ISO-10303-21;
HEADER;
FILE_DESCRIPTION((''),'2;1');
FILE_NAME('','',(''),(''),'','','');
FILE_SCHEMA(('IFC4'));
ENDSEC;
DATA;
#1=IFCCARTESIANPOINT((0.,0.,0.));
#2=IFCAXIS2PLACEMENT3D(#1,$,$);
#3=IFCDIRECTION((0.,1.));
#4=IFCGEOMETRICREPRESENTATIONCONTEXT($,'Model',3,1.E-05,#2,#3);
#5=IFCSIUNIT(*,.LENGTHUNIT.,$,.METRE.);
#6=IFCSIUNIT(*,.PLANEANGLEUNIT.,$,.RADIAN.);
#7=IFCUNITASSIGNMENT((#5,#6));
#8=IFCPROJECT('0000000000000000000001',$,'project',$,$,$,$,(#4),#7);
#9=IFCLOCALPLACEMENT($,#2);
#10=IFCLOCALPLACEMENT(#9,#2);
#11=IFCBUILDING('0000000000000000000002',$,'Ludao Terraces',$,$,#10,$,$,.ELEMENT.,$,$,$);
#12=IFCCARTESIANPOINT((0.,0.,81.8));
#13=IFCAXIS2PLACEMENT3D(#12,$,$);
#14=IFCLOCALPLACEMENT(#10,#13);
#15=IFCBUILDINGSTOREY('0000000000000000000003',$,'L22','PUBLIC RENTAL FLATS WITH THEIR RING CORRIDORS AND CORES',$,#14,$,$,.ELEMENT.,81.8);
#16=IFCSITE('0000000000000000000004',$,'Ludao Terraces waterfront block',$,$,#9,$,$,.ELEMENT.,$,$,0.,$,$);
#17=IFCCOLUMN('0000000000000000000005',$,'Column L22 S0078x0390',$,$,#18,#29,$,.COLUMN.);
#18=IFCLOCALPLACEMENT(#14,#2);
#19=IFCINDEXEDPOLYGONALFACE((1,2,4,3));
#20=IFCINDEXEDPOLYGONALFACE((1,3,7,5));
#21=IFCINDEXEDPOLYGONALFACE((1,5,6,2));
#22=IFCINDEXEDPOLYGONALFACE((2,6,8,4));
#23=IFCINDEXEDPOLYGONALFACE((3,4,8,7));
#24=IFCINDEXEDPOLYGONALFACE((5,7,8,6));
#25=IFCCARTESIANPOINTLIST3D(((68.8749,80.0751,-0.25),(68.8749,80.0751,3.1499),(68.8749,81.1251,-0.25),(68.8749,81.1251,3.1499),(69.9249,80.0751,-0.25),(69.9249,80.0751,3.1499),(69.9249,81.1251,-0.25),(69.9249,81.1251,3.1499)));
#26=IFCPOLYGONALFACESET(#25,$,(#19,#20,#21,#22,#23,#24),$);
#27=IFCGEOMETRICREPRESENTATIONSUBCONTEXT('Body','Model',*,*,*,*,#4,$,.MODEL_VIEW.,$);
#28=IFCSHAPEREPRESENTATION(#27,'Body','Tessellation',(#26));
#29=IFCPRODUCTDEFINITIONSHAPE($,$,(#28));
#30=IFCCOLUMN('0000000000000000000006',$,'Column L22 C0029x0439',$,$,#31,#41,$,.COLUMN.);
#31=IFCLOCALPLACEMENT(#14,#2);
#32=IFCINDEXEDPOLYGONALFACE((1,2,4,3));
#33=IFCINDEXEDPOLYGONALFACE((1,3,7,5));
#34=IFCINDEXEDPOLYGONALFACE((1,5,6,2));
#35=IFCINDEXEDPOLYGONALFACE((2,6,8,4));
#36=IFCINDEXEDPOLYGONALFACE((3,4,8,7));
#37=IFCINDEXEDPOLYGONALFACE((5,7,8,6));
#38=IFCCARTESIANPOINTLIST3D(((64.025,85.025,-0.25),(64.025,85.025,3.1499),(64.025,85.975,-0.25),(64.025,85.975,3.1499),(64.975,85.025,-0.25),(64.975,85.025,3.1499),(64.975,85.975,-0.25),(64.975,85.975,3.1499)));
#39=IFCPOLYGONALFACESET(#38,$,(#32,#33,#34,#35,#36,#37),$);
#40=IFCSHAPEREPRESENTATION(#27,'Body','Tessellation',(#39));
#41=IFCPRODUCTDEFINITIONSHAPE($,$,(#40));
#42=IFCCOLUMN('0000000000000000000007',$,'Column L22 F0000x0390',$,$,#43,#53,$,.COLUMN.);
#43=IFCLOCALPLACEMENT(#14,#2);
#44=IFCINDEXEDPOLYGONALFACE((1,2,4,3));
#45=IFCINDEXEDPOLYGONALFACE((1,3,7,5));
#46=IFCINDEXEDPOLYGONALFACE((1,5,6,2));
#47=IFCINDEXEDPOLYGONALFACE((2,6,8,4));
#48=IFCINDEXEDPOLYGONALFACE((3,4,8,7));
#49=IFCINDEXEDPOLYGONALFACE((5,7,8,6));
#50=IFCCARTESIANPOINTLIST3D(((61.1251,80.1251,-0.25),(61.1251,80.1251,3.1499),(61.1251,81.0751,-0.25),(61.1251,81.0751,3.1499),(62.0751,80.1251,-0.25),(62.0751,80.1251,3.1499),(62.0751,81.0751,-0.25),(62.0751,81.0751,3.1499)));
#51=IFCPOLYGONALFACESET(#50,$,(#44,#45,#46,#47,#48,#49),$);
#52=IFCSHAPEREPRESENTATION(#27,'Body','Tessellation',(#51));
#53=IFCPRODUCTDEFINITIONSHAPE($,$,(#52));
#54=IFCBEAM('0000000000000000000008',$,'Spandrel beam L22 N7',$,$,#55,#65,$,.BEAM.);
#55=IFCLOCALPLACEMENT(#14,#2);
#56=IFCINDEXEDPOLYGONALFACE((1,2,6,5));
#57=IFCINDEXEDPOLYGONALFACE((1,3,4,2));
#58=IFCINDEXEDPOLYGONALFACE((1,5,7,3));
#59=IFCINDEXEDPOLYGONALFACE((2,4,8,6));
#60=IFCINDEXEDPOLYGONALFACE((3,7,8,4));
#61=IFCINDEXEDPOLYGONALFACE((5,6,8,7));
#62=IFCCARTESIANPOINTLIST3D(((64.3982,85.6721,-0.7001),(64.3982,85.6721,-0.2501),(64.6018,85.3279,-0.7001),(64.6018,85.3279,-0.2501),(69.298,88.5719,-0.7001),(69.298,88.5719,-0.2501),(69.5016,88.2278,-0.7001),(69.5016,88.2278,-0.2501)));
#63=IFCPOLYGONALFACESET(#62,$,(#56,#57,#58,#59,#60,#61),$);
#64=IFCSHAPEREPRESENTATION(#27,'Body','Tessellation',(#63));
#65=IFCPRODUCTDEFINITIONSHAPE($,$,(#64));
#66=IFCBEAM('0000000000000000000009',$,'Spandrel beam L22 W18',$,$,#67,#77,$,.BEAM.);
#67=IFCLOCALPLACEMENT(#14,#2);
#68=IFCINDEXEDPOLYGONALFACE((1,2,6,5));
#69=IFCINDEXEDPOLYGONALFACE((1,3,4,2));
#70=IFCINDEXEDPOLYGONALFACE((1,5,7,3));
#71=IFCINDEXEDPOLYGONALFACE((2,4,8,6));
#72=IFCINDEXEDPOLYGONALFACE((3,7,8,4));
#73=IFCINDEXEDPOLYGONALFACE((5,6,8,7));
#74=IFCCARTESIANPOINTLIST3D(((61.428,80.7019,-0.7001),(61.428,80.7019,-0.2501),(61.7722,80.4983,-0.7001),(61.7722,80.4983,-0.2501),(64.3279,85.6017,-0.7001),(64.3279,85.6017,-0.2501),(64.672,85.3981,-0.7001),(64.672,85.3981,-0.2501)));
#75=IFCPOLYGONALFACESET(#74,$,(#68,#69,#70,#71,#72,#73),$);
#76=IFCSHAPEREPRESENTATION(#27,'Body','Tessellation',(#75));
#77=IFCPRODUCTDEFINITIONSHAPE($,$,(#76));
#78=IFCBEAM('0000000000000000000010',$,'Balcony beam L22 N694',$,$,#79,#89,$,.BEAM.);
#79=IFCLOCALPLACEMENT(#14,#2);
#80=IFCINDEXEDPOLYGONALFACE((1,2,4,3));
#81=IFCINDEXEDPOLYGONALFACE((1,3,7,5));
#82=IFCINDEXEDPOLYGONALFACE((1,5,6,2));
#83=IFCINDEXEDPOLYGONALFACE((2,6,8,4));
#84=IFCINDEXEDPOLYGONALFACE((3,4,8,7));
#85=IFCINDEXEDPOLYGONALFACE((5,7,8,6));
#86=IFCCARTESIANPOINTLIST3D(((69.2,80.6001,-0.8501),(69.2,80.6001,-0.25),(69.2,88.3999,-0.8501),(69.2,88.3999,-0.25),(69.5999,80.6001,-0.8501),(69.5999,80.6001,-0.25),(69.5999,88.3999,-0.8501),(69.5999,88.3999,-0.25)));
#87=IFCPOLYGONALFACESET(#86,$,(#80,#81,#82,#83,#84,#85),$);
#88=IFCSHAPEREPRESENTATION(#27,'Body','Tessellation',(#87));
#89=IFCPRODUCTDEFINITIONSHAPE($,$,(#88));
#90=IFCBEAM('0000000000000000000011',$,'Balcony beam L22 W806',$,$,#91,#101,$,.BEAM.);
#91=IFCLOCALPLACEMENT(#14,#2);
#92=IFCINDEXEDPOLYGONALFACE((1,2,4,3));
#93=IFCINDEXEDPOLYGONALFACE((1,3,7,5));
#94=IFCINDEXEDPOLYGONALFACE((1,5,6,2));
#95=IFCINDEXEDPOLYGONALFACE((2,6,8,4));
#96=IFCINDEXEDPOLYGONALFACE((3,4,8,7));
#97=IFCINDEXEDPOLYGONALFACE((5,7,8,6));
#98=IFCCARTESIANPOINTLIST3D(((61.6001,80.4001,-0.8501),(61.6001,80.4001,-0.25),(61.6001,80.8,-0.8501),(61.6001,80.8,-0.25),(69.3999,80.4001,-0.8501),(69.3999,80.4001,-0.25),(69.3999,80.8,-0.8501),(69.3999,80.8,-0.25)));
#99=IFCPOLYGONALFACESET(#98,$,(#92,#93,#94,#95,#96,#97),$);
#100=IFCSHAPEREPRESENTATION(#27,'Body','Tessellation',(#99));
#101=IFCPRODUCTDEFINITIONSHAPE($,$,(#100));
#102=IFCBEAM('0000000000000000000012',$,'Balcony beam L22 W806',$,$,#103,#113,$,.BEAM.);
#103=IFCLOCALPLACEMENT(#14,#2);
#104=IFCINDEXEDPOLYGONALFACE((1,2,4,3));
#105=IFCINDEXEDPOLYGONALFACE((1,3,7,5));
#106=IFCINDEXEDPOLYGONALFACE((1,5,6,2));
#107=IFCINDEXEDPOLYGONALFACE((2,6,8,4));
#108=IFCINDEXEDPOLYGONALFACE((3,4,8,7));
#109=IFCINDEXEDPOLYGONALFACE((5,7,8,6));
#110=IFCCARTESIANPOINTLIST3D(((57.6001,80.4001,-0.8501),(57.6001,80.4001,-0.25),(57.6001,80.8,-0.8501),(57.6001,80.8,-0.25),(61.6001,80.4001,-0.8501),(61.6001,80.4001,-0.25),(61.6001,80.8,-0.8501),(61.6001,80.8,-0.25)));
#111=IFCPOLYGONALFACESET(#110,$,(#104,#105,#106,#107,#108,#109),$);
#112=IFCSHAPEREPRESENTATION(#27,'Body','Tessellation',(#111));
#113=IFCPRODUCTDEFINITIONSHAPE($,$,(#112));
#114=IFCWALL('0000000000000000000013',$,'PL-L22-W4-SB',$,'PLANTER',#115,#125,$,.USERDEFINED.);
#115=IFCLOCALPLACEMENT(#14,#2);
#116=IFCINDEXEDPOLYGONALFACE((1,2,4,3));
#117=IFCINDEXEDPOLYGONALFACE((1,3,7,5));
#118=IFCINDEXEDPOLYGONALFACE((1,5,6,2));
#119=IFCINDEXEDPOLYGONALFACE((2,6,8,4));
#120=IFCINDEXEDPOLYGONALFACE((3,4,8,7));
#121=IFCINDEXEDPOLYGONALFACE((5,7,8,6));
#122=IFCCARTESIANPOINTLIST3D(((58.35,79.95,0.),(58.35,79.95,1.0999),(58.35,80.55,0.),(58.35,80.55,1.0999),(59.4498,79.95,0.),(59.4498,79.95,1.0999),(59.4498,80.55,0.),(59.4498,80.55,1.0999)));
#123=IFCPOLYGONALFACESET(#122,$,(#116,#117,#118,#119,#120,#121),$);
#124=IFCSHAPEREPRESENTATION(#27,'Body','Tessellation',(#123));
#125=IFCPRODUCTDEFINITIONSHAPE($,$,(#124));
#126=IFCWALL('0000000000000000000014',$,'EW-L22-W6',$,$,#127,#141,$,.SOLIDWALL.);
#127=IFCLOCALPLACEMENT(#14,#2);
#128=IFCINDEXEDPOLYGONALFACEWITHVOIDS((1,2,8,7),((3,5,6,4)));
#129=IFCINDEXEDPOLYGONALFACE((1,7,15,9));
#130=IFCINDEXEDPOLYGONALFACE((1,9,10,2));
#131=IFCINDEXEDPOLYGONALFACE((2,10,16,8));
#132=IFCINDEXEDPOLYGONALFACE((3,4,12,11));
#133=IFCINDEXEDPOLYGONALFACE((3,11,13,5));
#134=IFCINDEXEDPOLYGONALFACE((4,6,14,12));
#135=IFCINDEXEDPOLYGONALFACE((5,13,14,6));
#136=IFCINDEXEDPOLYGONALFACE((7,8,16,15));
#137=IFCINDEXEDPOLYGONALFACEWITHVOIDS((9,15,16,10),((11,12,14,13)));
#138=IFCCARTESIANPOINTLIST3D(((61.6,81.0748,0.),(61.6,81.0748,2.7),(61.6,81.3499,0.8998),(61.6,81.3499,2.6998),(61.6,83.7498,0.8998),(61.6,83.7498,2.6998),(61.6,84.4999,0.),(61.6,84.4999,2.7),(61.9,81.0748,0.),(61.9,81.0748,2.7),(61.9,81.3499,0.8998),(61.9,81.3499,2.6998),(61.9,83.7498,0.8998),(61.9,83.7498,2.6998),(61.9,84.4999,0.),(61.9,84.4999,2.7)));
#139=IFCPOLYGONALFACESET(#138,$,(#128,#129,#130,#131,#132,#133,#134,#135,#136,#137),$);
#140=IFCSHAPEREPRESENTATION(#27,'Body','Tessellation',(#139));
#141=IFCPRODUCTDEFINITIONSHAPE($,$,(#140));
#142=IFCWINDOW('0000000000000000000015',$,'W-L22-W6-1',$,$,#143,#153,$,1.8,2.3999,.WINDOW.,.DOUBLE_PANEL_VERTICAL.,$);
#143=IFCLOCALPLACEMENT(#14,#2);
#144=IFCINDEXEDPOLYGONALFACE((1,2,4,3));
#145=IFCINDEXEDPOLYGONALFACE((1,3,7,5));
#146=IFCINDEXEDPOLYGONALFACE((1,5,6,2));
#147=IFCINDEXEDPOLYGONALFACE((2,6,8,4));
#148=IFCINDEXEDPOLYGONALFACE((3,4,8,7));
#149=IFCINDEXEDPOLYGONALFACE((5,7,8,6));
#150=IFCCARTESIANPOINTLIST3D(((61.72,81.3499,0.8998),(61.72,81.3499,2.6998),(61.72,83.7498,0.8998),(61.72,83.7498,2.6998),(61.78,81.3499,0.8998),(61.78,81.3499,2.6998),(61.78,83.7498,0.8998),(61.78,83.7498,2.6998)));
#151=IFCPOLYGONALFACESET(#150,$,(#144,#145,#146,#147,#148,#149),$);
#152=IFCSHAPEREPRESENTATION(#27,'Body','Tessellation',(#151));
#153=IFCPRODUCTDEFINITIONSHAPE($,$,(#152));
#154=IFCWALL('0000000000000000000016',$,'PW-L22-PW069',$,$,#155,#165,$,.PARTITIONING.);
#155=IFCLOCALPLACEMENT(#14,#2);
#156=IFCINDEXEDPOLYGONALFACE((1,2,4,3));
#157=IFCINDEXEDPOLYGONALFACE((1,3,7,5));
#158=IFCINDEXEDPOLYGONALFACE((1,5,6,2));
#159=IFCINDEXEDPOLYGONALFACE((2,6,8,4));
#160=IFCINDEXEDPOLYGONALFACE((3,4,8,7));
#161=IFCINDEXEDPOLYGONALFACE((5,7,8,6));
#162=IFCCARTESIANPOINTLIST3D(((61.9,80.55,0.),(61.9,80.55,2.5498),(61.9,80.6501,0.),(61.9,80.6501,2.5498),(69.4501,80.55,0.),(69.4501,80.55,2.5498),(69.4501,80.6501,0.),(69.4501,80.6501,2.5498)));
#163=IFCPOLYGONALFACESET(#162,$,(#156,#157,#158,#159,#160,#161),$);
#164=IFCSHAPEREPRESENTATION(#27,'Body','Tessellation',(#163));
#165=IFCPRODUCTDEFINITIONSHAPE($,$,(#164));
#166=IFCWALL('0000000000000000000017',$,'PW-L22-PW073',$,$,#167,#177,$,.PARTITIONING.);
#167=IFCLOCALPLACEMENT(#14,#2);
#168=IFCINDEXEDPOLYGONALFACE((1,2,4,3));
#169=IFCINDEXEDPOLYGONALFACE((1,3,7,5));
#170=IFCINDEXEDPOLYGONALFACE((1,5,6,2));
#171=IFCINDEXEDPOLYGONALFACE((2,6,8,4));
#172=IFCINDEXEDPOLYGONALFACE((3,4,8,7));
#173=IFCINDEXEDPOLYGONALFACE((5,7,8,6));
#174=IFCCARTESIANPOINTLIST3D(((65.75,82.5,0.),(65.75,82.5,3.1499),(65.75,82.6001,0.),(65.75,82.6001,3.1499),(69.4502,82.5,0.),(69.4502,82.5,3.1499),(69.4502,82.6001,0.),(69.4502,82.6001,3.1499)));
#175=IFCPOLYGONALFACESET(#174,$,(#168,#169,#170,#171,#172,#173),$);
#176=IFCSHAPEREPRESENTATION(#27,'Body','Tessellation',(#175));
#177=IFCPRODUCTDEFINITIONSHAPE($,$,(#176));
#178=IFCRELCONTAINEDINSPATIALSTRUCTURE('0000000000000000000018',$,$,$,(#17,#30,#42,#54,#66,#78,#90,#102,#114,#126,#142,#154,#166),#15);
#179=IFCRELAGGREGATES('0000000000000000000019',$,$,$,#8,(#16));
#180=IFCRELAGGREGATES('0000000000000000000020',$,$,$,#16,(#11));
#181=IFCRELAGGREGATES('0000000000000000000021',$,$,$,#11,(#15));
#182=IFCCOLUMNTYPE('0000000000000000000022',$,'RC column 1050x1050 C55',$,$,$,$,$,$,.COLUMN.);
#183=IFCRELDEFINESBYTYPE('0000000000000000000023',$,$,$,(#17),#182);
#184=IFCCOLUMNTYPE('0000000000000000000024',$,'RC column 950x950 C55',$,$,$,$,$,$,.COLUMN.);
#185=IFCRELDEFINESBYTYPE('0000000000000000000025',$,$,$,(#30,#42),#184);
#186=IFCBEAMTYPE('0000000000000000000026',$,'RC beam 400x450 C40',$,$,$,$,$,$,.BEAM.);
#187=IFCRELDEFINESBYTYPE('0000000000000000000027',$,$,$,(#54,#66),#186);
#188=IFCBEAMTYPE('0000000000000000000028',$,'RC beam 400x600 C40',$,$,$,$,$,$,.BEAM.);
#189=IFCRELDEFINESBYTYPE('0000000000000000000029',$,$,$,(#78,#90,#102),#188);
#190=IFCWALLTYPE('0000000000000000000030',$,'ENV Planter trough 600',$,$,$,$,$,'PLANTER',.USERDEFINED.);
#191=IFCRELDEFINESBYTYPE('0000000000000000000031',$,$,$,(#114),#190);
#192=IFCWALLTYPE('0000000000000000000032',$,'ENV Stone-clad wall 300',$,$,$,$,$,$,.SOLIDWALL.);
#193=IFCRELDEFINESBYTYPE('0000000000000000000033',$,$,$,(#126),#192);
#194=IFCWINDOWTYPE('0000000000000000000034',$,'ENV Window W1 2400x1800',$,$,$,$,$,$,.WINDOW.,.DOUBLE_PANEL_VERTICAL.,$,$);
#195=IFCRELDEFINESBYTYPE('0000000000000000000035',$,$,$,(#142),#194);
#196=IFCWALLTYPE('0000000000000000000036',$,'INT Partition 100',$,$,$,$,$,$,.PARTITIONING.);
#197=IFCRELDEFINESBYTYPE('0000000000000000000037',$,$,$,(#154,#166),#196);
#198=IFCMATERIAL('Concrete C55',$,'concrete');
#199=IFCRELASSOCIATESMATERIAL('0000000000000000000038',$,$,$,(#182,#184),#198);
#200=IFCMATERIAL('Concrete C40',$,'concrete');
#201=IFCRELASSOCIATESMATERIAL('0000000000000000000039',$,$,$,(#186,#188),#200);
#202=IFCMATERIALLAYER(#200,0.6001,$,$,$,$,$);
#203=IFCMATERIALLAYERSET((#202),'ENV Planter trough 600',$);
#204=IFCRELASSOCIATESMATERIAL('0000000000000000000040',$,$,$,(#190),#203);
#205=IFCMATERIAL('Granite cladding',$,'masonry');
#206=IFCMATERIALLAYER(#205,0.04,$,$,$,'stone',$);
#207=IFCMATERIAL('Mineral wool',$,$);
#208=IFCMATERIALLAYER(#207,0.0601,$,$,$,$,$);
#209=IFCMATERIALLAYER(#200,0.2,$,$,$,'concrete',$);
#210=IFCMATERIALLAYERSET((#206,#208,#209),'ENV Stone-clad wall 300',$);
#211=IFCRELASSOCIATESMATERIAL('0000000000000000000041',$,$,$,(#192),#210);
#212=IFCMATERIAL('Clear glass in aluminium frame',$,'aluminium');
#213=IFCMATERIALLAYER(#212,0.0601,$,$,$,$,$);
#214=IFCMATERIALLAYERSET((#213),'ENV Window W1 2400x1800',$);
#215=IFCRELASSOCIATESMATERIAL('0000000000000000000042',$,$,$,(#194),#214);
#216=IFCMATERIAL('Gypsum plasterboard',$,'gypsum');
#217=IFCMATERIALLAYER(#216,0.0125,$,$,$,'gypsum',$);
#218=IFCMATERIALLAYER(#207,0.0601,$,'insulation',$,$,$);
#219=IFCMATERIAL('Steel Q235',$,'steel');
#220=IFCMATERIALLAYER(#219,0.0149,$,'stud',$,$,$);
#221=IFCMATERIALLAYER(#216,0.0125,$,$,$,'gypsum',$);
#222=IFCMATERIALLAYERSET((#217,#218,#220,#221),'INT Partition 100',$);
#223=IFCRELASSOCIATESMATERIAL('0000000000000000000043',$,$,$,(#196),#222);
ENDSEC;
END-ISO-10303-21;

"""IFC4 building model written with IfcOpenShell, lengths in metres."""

from ifc_helpers import new_model, si_unit, direction, frame, frame_2d, origin, origin_2d, place, context, subcontext, project, spatial, rectangle, extrude, material, layer, layer_set, material_profile, profile_set, type_object, element, fill, save


model = new_model("IFC4")

# Units and contexts
model_context = context("Model", 3, precision=1e-05, world=origin(), true_north=direction((0.0, 1.0)))
body_context = subcontext(model_context, "Body", "Model", "MODEL_VIEW")
ifc_project = project(units=[si_unit("LENGTHUNIT", "METRE"), si_unit("PLANEANGLEUNIT", "RADIAN")], contexts=[model_context])

# Site, building, storey
site_placement = place(None, origin())
site = spatial("IfcSite", under=ifc_project, at=site_placement, Name="Ludao Terraces waterfront block", CompositionType="ELEMENT", RefElevation=0.0)
building_placement = place(site_placement, origin())
building = spatial("IfcBuilding", under=site, at=building_placement, Name="Ludao Terraces", CompositionType="ELEMENT")
storey_placement = place(building_placement, frame((0.0, 0.0, 81.8)))
storey = spatial("IfcBuildingStorey", under=building, at=storey_placement, Name="L22", Description="PUBLIC RENTAL FLATS WITH THEIR RING CORRIDORS AND CORES", CompositionType="ELEMENT", Elevation=81.8)

# Columns
ifc_material_1 = material(Name="Concrete C55", Category="concrete")
ifc_material_profile_1 = material_profile(ifc_material_1, rectangle(XDim=1.05, YDim=1.05, at=origin_2d()), Name="1050 X 1050")
ifc_profile_set_1 = profile_set([ifc_material_profile_1], Name="Concrete C55")
column_type_1 = type_object("IfcColumnType", Name="RC column 1050x1050 C55", PredefinedType="COLUMN", material=ifc_profile_set_1)
column_placement = place(storey_placement, frame((69.3999, 80.6001, -0.25), z_axis=(0.0, 0.0, 1.0), x_axis=(1.0, 0.0, 0.0)))
element("IfcColumn", 1, at=column_placement, inside=storey, type_object=column_type_1, Name="Column L22 S0078x0390", PredefinedType="COLUMN", context=body_context, shape_type="SweptSolid", body=[
    extrude(rectangle(XDim=1.05, YDim=1.05, at=origin_2d()), origin(), (0.0, 0.0, 1.0), 3.3999),
])
ifc_material_profile_2 = material_profile(ifc_material_1, rectangle(XDim=0.95, YDim=0.95, at=origin_2d()), Name="950 X 950")
ifc_profile_set_2 = profile_set([ifc_material_profile_2], Name="Concrete C55")
column_type_2 = type_object("IfcColumnType", Name="RC column 950x950 C55", PredefinedType="COLUMN", material=ifc_profile_set_2)
for number, where, z_axis, x_axis, name in (
    (2, (64.5, 85.5, -0.25), (0.0, 0.0, 1.0), (1.0, 0.0, 0.0), "Column L22 C0029x0439"),
    (3, (61.6001, 80.6001, -0.25), (0.0, 0.0, 1.0), (1.0, 0.0, 0.0), "Column L22 F0000x0390"),
):
    element("IfcColumn", number, at=place(storey_placement, frame(where, z_axis=z_axis, x_axis=x_axis)), inside=storey, type_object=column_type_2, Name=name, PredefinedType="COLUMN", context=body_context, shape_type="SweptSolid", body=[
        extrude(rectangle(XDim=0.95, YDim=0.95, at=origin_2d()), origin(), (0.0, 0.0, 1.0), 3.3999),
    ])

# Beams
ifc_material_2 = material(Name="Concrete C40", Category="concrete")
ifc_material_profile_3 = material_profile(ifc_material_2, rectangle(XDim=0.3999, YDim=0.45, at=origin_2d()), Name="400 X 450")
ifc_profile_set_3 = profile_set([ifc_material_profile_3], Name="Concrete C40")
beam_type_1 = type_object("IfcBeamType", Name="RC beam 400x450 C40", PredefinedType="BEAM", material=ifc_profile_set_3)
for number, where, z_axis, x_axis, name in (
    (4, (64.5, 85.5, -0.4751), (0.86058, 0.509316, 0.0), (-0.509316, 0.86058, 0.0), "Spandrel beam L22 N7"),
    (5, (61.6001, 80.6001, -0.4751), (0.509316, 0.86058, 0.0), (-0.86058, 0.509316, 0.0), "Spandrel beam L22 W18"),
):
    element("IfcBeam", number, at=place(storey_placement, frame(where, z_axis=z_axis, x_axis=x_axis)), inside=storey, type_object=beam_type_1, Name=name, PredefinedType="BEAM", context=body_context, shape_type="SweptSolid", body=[
        extrude(rectangle(XDim=0.3999, YDim=0.45, at=origin_2d()), origin(), (0.0, 0.0, 1.0), 5.6936),
    ])
ifc_material_profile_4 = material_profile(ifc_material_2, rectangle(XDim=0.3999, YDim=0.6001, at=origin_2d()), Name="400 X 600")
ifc_profile_set_4 = profile_set([ifc_material_profile_4], Name="Concrete C40")
beam_type_2 = type_object("IfcBeamType", Name="RC beam 400x600 C40", PredefinedType="BEAM", material=ifc_profile_set_4)
for number, where, z_axis, x_axis, name in (
    (6, (69.3999, 80.6001, -0.55), (0.0, 1.0, 0.0), (-1.0, 0.0, 0.0), "Balcony beam L22 N694"),
    (7, (69.3999, 80.6001, -0.55), (-1.0, 0.0, 0.0), (0.0, -1.0, 0.0), "Balcony beam L22 W806"),
):
    element("IfcBeam", number, at=place(storey_placement, frame(where, z_axis=z_axis, x_axis=x_axis)), inside=storey, type_object=beam_type_2, Name=name, PredefinedType="BEAM", context=body_context, shape_type="SweptSolid", body=[
        extrude(rectangle(XDim=0.3999, YDim=0.6001, at=origin_2d()), origin(), (0.0, 0.0, 1.0), 7.7998),
    ])
beam_placement = place(storey_placement, frame((61.6001, 80.6001, -0.55), z_axis=(-1.0, 0.0, 0.0), x_axis=(0.0, -1.0, 0.0)))
element("IfcBeam", 8, at=beam_placement, inside=storey, type_object=beam_type_2, Name="Balcony beam L22 W806", PredefinedType="BEAM", context=body_context, shape_type="SweptSolid", body=[
    extrude(rectangle(XDim=0.3999, YDim=0.6001, at=origin_2d()), origin(), (0.0, 0.0, 1.0), 4.0),
])

# Wall
ifc_layer_1 = layer(ifc_material_2, 0.6001)
ifc_layer_set_1 = layer_set([ifc_layer_1], Name="ENV Planter trough 600")
wall_type_1 = type_object("IfcWallType", Name="ENV Planter trough 600", ElementType="PLANTER", PredefinedType="USERDEFINED", material=ifc_layer_set_1)
wall_1_placement = place(storey_placement, frame((58.3501, 80.25, 0.0), z_axis=(0.0, 0.0, 1.0), x_axis=(1.0, 0.0, 0.0)))
element("IfcWall", 9, at=wall_1_placement, inside=storey, type_object=wall_type_1, Name="PL-L22-W4-SB", ObjectType="PLANTER", PredefinedType="USERDEFINED", context=body_context, shape_type="SweptSolid", body=[
    extrude(rectangle(XDim=1.0999, YDim=0.6001, at=frame_2d((0.5498, 0.0))), origin(), (0.0, 0.0, 1.0), 1.0999),
])

# Wall, opening, window
ifc_material_3 = material(Name="Granite cladding", Category="masonry")
ifc_layer_2 = layer(ifc_material_3, 0.04, Category="stone")
ifc_material_4 = material(Name="Mineral wool")
ifc_layer_3 = layer(ifc_material_4, 0.0601)
ifc_layer_4 = layer(ifc_material_2, 0.2, Category="concrete")
ifc_layer_set_2 = layer_set([ifc_layer_2, ifc_layer_3, ifc_layer_4], Name="ENV Stone-clad wall 300")
wall_type_2 = type_object("IfcWallType", Name="ENV Stone-clad wall 300", PredefinedType="SOLIDWALL", material=ifc_layer_set_2)
wall_2_placement = place(storey_placement, frame((61.75, 81.075, 0.0), z_axis=(0.0, 0.0, 1.0), x_axis=(0.0, 1.0, 0.0)))
wall_2 = element("IfcWall", 10, at=wall_2_placement, inside=storey, type_object=wall_type_2, Name="EW-L22-W6", PredefinedType="SOLIDWALL", context=body_context, shape_type="SweptSolid", body=[
    extrude(rectangle(XDim=3.425, YDim=0.3, at=frame_2d((1.7124, 0.0))), origin(), (0.0, 0.0, 1.0), 2.7),
])
opening_1_placement = place(wall_2_placement, frame((0.2749, 0.0, 0.8999)))
opening_1 = element("IfcOpeningElement", 11, at=opening_1_placement, cuts=wall_2, PredefinedType="OPENING", context=body_context, shape_type="SweptSolid", body=[
    extrude(rectangle(XDim=2.3999, YDim=1.8, at=frame_2d((1.2, 0.8999))), frame((0.0, 0.1602, 0.0), z_axis=(0.0, -1.0, 0.0), x_axis=(1.0, 0.0, 0.0)), (0.0, 0.0, 1.0), 0.3201),
])
ifc_material_5 = material(Name="Clear glass in aluminium frame", Category="aluminium")
ifc_layer_5 = layer(ifc_material_5, 0.0601)
ifc_layer_set_3 = layer_set([ifc_layer_5], Name="ENV Window W1 2400x1800")
window_type = type_object("IfcWindowType", Name="ENV Window W1 2400x1800", PartitioningType="DOUBLE_PANEL_VERTICAL", PredefinedType="WINDOW", material=ifc_layer_set_3)
window_placement = place(opening_1_placement, origin())
window = element("IfcWindow", 12, at=window_placement, inside=storey, type_object=window_type, Name="W-L22-W6-1", OverallHeight=1.8, OverallWidth=2.3999, PartitioningType="DOUBLE_PANEL_VERTICAL", PredefinedType="WINDOW", context=body_context, shape_type="SweptSolid", body=[
    extrude(rectangle(XDim=2.3999, YDim=1.8, at=frame_2d((1.2, 0.8999))), frame((0.0, 0.03, 0.0), z_axis=(0.0, -1.0, 0.0), x_axis=(1.0, 0.0, 0.0)), (0.0, 0.0, 1.0), 0.0601),
])
fill(opening_1, window)

# Walls
ifc_material_6 = material(Name="Gypsum plasterboard", Category="gypsum")
ifc_layer_6 = layer(ifc_material_6, 0.0125, Category="gypsum")
ifc_layer_7 = layer(ifc_material_4, 0.0601, Name="insulation")
ifc_material_7 = material(Name="Steel Q235", Category="steel")
ifc_layer_8 = layer(ifc_material_7, 0.0149, Name="stud")
ifc_layer_9 = layer(ifc_material_6, 0.0125, Category="gypsum")
ifc_layer_set_4 = layer_set([ifc_layer_6, ifc_layer_7, ifc_layer_8, ifc_layer_9], Name="INT Partition 100")
wall_type_3 = type_object("IfcWallType", Name="INT Partition 100", PredefinedType="PARTITIONING", material=ifc_layer_set_4)
wall_3_placement = place(storey_placement, frame((61.9001, 80.6001, 0.0), z_axis=(0.0, 0.0, 1.0), x_axis=(1.0, 0.0, 0.0)))
element("IfcWall", 13, at=wall_3_placement, inside=storey, type_object=wall_type_3, Name="PW-L22-PW069", PredefinedType="PARTITIONING", context=body_context, shape_type="SweptSolid", body=[
    extrude(rectangle(XDim=7.55, YDim=0.1001, at=frame_2d((3.7749, 0.0))), origin(), (0.0, 0.0, 1.0), 2.5498),
])
wall_4_placement = place(storey_placement, frame((65.75, 82.55, 0.0), z_axis=(0.0, 0.0, 1.0), x_axis=(1.0, 0.0, 0.0)))
element("IfcWall", 14, at=wall_4_placement, inside=storey, type_object=wall_type_3, Name="PW-L22-PW073", PredefinedType="PARTITIONING", context=body_context, shape_type="SweptSolid", body=[
    extrude(rectangle(XDim=3.7002, YDim=0.1001, at=frame_2d((1.8501, 0.0))), origin(), (0.0, 0.0, 1.0), 3.1499),
])

save(model, "model.ifc")
